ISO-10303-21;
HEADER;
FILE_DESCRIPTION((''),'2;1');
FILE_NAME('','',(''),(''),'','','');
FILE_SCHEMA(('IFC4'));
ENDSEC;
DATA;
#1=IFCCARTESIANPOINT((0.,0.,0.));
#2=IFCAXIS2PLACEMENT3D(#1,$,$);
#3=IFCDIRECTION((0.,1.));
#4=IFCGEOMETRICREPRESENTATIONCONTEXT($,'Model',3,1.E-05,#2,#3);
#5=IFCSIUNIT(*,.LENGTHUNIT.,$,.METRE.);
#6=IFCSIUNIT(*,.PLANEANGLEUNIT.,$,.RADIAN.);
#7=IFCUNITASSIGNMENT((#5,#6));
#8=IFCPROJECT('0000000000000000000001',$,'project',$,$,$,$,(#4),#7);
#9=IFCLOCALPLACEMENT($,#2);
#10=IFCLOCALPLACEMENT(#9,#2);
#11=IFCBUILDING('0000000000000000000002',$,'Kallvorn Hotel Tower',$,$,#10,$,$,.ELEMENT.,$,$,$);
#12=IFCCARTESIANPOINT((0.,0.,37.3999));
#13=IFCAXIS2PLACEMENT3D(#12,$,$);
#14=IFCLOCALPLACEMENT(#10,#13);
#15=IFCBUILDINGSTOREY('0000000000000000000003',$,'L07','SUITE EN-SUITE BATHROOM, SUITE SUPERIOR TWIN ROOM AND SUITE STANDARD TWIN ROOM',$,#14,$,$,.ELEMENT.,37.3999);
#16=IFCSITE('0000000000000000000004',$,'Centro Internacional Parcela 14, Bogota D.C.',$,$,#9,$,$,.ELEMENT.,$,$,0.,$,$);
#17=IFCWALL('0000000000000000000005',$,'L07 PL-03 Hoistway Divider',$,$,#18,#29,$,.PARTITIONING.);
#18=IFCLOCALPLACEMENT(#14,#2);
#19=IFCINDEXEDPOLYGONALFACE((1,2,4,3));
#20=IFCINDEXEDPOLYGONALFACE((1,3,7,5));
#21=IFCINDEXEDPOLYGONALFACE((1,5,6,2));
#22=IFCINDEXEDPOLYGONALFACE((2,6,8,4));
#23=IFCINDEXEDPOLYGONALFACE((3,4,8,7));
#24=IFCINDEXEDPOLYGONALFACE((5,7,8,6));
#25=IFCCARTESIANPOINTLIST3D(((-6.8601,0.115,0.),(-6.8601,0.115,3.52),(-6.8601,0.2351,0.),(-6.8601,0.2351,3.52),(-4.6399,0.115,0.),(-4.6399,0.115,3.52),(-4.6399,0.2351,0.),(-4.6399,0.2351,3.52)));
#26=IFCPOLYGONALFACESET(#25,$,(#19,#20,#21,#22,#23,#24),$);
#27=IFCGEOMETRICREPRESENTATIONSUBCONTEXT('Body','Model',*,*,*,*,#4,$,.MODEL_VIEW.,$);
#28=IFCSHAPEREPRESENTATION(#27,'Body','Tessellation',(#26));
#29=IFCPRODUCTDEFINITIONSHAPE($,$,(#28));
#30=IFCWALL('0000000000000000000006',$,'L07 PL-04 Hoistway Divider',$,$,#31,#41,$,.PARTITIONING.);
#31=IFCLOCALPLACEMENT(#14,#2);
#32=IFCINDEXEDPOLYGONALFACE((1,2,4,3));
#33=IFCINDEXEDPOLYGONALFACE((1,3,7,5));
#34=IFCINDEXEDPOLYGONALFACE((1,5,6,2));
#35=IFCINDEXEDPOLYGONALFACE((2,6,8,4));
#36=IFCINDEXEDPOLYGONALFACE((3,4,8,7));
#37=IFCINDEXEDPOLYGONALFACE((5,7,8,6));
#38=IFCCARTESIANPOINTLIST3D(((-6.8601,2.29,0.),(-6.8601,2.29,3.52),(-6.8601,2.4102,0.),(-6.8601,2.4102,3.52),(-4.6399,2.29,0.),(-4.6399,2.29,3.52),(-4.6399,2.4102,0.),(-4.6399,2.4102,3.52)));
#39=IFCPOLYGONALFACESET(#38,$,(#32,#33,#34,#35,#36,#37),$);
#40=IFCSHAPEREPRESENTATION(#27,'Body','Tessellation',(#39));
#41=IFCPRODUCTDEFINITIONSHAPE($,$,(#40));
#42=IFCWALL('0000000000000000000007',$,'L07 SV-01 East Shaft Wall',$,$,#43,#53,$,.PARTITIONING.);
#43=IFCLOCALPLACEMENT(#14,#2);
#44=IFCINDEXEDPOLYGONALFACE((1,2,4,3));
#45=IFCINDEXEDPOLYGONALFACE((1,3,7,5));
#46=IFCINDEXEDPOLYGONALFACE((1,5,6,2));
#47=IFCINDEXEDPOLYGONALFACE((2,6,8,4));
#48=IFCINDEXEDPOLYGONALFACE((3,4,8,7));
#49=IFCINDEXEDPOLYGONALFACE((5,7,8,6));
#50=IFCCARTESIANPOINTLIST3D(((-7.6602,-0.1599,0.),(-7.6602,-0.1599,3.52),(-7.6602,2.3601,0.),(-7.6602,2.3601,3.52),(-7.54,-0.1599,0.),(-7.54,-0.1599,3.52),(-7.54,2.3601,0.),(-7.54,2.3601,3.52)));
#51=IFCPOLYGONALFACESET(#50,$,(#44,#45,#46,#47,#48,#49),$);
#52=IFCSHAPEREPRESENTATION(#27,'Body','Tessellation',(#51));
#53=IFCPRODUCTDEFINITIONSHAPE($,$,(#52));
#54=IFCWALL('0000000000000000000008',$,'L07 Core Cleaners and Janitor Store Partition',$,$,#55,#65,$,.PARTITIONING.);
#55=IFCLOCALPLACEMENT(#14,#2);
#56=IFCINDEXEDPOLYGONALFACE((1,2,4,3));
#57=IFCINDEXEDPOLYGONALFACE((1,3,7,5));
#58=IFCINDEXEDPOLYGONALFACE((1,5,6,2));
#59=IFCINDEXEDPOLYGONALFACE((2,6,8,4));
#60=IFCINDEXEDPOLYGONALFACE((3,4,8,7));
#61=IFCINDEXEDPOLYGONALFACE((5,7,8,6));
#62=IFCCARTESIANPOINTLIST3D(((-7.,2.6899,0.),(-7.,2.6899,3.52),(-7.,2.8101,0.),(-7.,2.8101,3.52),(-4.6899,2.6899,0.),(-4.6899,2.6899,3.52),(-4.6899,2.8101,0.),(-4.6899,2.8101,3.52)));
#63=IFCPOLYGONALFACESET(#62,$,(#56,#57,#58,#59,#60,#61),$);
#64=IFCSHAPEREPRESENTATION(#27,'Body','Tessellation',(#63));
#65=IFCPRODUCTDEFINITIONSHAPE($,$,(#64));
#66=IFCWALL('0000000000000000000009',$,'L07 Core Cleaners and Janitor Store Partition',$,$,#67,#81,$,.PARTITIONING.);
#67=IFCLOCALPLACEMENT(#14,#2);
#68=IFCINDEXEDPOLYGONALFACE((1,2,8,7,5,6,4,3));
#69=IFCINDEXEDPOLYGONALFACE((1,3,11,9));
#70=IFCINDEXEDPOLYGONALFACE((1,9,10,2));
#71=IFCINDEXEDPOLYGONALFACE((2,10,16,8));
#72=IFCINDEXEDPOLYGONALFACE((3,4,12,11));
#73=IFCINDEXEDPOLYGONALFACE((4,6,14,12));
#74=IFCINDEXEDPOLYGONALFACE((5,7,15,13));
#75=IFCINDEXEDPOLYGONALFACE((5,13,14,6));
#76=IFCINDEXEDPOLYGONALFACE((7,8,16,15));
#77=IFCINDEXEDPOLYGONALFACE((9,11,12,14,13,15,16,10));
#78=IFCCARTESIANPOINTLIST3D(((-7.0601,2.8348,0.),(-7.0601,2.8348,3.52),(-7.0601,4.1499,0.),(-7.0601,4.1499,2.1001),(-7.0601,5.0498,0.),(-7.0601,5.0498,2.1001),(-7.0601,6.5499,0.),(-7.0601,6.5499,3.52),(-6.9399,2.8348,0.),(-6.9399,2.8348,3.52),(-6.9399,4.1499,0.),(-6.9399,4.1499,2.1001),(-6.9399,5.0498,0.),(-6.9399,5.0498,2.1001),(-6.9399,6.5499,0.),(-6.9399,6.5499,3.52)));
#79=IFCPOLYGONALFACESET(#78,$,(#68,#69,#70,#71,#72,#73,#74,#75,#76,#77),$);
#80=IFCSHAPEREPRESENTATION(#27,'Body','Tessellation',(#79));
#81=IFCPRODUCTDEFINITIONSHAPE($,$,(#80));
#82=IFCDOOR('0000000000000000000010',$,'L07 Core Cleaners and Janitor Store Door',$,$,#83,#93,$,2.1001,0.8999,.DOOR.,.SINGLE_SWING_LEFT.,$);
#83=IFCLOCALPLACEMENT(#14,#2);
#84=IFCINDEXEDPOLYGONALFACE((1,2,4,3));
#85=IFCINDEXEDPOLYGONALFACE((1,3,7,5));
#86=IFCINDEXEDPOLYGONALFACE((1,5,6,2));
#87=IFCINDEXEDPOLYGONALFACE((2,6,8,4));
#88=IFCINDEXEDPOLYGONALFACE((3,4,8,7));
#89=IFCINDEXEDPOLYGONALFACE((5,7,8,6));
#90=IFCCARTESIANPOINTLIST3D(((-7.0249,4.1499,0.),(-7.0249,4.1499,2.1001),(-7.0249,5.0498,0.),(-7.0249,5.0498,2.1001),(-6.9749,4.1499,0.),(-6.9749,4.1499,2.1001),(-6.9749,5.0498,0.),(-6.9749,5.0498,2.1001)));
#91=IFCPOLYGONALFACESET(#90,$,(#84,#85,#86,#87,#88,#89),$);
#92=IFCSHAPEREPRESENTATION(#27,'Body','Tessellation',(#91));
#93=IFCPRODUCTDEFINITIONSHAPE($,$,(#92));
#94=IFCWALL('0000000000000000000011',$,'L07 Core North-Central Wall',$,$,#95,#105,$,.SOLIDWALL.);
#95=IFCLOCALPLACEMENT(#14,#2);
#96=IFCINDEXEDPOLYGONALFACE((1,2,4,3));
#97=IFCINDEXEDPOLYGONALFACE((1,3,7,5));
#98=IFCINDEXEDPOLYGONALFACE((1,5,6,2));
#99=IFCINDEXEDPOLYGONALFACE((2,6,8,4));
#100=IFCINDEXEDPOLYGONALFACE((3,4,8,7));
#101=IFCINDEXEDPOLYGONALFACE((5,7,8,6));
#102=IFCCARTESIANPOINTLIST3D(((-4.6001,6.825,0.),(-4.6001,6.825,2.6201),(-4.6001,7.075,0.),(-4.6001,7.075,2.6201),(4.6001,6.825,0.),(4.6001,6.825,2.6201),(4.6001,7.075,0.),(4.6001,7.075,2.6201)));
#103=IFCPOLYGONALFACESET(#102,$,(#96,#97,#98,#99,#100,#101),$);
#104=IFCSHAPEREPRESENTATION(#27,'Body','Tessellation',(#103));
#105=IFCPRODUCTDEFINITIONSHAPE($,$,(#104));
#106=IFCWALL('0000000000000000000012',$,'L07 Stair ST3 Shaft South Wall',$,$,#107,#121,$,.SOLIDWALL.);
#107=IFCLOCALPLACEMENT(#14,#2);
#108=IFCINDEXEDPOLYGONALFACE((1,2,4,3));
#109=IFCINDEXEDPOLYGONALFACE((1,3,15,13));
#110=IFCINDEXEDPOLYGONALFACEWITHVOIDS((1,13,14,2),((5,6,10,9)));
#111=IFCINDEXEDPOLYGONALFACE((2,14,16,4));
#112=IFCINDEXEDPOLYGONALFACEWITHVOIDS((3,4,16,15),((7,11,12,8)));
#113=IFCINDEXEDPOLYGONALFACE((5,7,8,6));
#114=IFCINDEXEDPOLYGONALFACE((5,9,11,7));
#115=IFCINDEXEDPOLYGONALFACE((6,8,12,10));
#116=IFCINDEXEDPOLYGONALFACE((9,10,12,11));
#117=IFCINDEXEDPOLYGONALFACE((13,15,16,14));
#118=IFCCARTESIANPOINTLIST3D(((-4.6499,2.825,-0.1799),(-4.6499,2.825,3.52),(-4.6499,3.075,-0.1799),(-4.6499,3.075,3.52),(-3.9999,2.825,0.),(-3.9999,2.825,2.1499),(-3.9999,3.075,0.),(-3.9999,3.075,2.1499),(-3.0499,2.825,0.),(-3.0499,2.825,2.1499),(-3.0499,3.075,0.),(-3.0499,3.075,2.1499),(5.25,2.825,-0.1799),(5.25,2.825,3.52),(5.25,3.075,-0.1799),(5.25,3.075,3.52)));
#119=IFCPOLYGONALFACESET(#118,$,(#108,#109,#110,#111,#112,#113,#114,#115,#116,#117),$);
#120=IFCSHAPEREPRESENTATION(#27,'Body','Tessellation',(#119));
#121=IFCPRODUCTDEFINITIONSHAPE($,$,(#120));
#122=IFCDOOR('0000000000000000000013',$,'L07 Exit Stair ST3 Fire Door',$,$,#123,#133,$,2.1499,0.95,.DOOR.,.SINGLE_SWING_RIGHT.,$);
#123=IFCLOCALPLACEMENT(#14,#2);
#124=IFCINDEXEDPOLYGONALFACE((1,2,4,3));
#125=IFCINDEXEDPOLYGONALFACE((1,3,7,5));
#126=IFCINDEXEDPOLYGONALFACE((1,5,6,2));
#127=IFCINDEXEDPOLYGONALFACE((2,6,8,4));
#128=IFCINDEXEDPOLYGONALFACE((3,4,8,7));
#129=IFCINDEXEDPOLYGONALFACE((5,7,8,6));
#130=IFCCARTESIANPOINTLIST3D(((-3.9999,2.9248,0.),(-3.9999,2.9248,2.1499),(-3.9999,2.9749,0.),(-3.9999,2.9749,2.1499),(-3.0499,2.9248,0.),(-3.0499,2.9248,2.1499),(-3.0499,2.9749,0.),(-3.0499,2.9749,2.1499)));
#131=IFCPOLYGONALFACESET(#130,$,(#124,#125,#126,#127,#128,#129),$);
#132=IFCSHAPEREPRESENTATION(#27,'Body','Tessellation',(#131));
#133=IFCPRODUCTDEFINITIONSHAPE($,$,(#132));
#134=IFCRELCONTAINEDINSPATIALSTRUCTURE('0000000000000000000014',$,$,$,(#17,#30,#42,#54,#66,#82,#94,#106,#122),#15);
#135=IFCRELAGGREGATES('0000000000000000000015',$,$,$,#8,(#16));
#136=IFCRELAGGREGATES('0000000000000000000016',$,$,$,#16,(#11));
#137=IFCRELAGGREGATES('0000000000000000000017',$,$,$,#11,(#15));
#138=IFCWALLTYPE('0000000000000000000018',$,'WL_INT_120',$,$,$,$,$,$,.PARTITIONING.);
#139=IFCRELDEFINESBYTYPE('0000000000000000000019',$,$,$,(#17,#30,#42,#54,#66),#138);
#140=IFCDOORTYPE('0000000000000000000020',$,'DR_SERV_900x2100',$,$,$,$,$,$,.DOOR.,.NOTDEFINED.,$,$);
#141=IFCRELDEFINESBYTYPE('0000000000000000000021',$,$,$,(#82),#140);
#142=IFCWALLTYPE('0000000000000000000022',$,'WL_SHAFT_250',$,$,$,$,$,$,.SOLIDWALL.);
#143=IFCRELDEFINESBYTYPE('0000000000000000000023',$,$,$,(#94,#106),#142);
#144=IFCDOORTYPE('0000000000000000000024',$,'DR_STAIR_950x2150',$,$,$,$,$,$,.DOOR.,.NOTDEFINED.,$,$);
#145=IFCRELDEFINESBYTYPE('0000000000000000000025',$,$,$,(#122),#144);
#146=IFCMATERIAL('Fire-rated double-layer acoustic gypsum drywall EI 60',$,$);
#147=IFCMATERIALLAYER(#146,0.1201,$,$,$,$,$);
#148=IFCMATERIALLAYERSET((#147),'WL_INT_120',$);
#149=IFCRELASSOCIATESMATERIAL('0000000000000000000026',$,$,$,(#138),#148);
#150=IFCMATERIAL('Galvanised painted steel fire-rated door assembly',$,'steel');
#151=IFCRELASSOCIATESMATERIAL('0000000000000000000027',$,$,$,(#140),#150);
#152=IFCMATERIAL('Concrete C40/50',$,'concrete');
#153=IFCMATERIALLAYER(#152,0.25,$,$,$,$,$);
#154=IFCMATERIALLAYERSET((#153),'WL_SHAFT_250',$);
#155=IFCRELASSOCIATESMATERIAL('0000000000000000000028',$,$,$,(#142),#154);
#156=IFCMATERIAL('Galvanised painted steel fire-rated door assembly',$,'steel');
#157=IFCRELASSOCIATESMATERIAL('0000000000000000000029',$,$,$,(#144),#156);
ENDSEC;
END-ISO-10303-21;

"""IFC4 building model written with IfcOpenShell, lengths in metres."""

from ifc_helpers import new_model, si_unit, direction, frame, frame_2d, origin, place, context, subcontext, project, spatial, rectangle, extrude, material, layer, layer_set, type_object, element, fill, save


model = new_model("IFC4")

# Units and contexts
model_context = context("Model", 3, precision=1e-05, world=origin(), true_north=direction((0.0, 1.0)))
body_context = subcontext(model_context, "Body", "Model", "MODEL_VIEW")
ifc_project = project(units=[si_unit("LENGTHUNIT", "METRE"), si_unit("PLANEANGLEUNIT", "RADIAN")], contexts=[model_context])

# Site, building, storey
site_placement = place(None, origin())
site = spatial("IfcSite", under=ifc_project, at=site_placement, Name="Centro Internacional Parcela 14, Bogota D.C.", CompositionType="ELEMENT", RefElevation=0.0)
building_placement = place(site_placement, origin())
building = spatial("IfcBuilding", under=site, at=building_placement, Name="Kallvorn Hotel Tower", CompositionType="ELEMENT")
storey_placement = place(building_placement, frame((0.0, 0.0, 37.3999)))
storey = spatial("IfcBuildingStorey", under=building, at=storey_placement, Name="L07", Description="SUITE EN-SUITE BATHROOM, SUITE SUPERIOR TWIN ROOM AND SUITE STANDARD TWIN ROOM", CompositionType="ELEMENT", Elevation=37.3999)

# Walls
ifc_material_1 = material(Name="Fire-rated double-layer acoustic gypsum drywall EI 60")
ifc_layer_1 = layer(ifc_material_1, 0.1201)
ifc_layer_set_1 = layer_set([ifc_layer_1], Name="WL_INT_120")
wall_type_1 = type_object("IfcWallType", Name="WL_INT_120", PredefinedType="PARTITIONING", material=ifc_layer_set_1)
for number, where, z_axis, x_axis, name in (
    (1, (-6.8601, 0.175, 0.0), (0.0, 0.0, 1.0), (1.0, 0.0, 0.0), "L07 PL-03 Hoistway Divider"),
    (2, (-6.8601, 2.3501, 0.0), (0.0, 0.0, 1.0), (1.0, 0.0, 0.0), "L07 PL-04 Hoistway Divider"),
):
    element("IfcWall", number, at=place(storey_placement, frame(where, z_axis=z_axis, x_axis=x_axis)), inside=storey, type_object=wall_type_1, Name=name, PredefinedType="PARTITIONING", context=body_context, shape_type="SweptSolid", body=[
        extrude(rectangle(XDim=2.2202, YDim=0.1201, at=frame_2d((1.1101, 0.0))), origin(), (0.0, 0.0, 1.0), 3.52),
    ])
wall_1_placement = place(storey_placement, frame((-7.6001, -0.1599, 0.0), z_axis=(0.0, 0.0, 1.0), x_axis=(0.0, 1.0, 0.0)))
element("IfcWall", 3, at=wall_1_placement, inside=storey, type_object=wall_type_1, Name="L07 SV-01 East Shaft Wall", PredefinedType="PARTITIONING", context=body_context, shape_type="SweptSolid", body=[
    extrude(rectangle(XDim=2.52, YDim=0.1201, at=frame_2d((1.26, 0.0))), origin(), (0.0, 0.0, 1.0), 3.52),
])
wall_2_placement = place(storey_placement, frame((-7.0, 2.75, 0.0), z_axis=(0.0, 0.0, 1.0), x_axis=(1.0, 0.0, 0.0)))
element("IfcWall", 4, at=wall_2_placement, inside=storey, type_object=wall_type_1, Name="L07 Core Cleaners and Janitor Store Partition", PredefinedType="PARTITIONING", context=body_context, shape_type="SweptSolid", body=[
    extrude(rectangle(XDim=2.3101, YDim=0.1201, at=frame_2d((1.155, 0.0))), origin(), (0.0, 0.0, 1.0), 3.52),
])

# Wall, opening, door
wall_3_placement = place(storey_placement, frame((-7.0, 2.835, 0.0), z_axis=(0.0, 0.0, 1.0), x_axis=(0.0, 1.0, 0.0)))
wall_3 = element("IfcWall", 5, at=wall_3_placement, inside=storey, type_object=wall_type_1, Name="L07 Core Cleaners and Janitor Store Partition", PredefinedType="PARTITIONING", context=body_context, shape_type="SweptSolid", body=[
    extrude(rectangle(XDim=3.7151, YDim=0.1201, at=frame_2d((1.8574, 0.0))), origin(), (0.0, 0.0, 1.0), 3.52),
])
opening_1_placement = place(wall_3_placement, frame((1.3149, 0.0, 0.0)))
opening_1 = element("IfcOpeningElement", 6, at=opening_1_placement, cuts=wall_3, PredefinedType="OPENING", context=body_context, shape_type="SweptSolid", body=[
    extrude(rectangle(XDim=0.8999, YDim=2.1001, at=frame_2d((0.45, 1.05))), frame((0.0, 0.075, 0.0), z_axis=(0.0, -1.0, 0.0), x_axis=(1.0, 0.0, 0.0)), (0.0, 0.0, 1.0), 0.1501),
])
ifc_material_2 = material(Name="Galvanised painted steel fire-rated door assembly", Category="steel")
door_type_1 = type_object("IfcDoorType", Name="DR_SERV_900x2100", OperationType="NOTDEFINED", PredefinedType="DOOR", material=ifc_material_2)
door_1_placement = place(opening_1_placement, origin())
door_1 = element("IfcDoor", 7, at=door_1_placement, inside=storey, type_object=door_type_1, Name="L07 Core Cleaners and Janitor Store Door", OperationType="SINGLE_SWING_LEFT", OverallHeight=2.1001, OverallWidth=0.8999, PredefinedType="DOOR", context=body_context, shape_type="SweptSolid", body=[
    extrude(rectangle(XDim=0.8999, YDim=2.1001, at=frame_2d((0.45, 1.05))), frame((0.0, 0.0249, 0.0), z_axis=(0.0, -1.0, 0.0), x_axis=(1.0, 0.0, 0.0)), (0.0, 0.0, 1.0), 0.05),
])
fill(opening_1, door_1)

# Wall
ifc_material_3 = material(Name="Concrete C40/50", Category="concrete")
ifc_layer_2 = layer(ifc_material_3, 0.25)
ifc_layer_set_2 = layer_set([ifc_layer_2], Name="WL_SHAFT_250")
wall_type_2 = type_object("IfcWallType", Name="WL_SHAFT_250", PredefinedType="SOLIDWALL", material=ifc_layer_set_2)
wall_4_placement = place(storey_placement, frame((-4.6001, 6.95, 0.0), z_axis=(0.0, 0.0, 1.0), x_axis=(1.0, 0.0, 0.0)))
element("IfcWall", 8, at=wall_4_placement, inside=storey, type_object=wall_type_2, Name="L07 Core North-Central Wall", PredefinedType="SOLIDWALL", context=body_context, shape_type="SweptSolid", body=[
    extrude(rectangle(XDim=9.2002, YDim=0.25, at=frame_2d((4.6001, 0.0))), origin(), (0.0, 0.0, 1.0), 2.6201),
])

# Wall, opening, door
wall_5_placement = place(storey_placement, frame((-4.6499, 2.95, -0.1799), z_axis=(0.0, 0.0, 1.0), x_axis=(1.0, 0.0, 0.0)))
wall_5 = element("IfcWall", 9, at=wall_5_placement, inside=storey, type_object=wall_type_2, Name="L07 Stair ST3 Shaft South Wall", PredefinedType="SOLIDWALL", context=body_context, shape_type="SweptSolid", body=[
    extrude(rectangle(XDim=9.8999, YDim=0.25, at=frame_2d((4.95, 0.0))), origin(), (0.0, 0.0, 1.0), 3.7),
])
opening_2_placement = place(wall_5_placement, frame((0.6499, 0.0, 0.1799)))
opening_2 = element("IfcOpeningElement", 10, at=opening_2_placement, cuts=wall_5, PredefinedType="OPENING", context=body_context, shape_type="SweptSolid", body=[
    extrude(rectangle(XDim=0.95, YDim=2.1499, at=frame_2d((0.4751, 1.075))), frame((0.0, 0.1399, 0.0), z_axis=(0.0, -1.0, 0.0), x_axis=(1.0, 0.0, 0.0)), (0.0, 0.0, 1.0), 0.28),
])
ifc_material_4 = material(Name="Galvanised painted steel fire-rated door assembly", Category="steel")
door_type_2 = type_object("IfcDoorType", Name="DR_STAIR_950x2150", OperationType="NOTDEFINED", PredefinedType="DOOR", material=ifc_material_4)
door_2_placement = place(opening_2_placement, origin())
door_2 = element("IfcDoor", 11, at=door_2_placement, inside=storey, type_object=door_type_2, Name="L07 Exit Stair ST3 Fire Door", OperationType="SINGLE_SWING_RIGHT", OverallHeight=2.1499, OverallWidth=0.95, PredefinedType="DOOR", context=body_context, shape_type="SweptSolid", body=[
    extrude(rectangle(XDim=0.95, YDim=2.1499, at=frame_2d((0.4751, 1.075))), frame((0.0, 0.0249, 0.0), z_axis=(0.0, -1.0, 0.0), x_axis=(1.0, 0.0, 0.0)), (0.0, 0.0, 1.0), 0.05),
])
fill(opening_2, door_2)

save(model, "model.ifc")
